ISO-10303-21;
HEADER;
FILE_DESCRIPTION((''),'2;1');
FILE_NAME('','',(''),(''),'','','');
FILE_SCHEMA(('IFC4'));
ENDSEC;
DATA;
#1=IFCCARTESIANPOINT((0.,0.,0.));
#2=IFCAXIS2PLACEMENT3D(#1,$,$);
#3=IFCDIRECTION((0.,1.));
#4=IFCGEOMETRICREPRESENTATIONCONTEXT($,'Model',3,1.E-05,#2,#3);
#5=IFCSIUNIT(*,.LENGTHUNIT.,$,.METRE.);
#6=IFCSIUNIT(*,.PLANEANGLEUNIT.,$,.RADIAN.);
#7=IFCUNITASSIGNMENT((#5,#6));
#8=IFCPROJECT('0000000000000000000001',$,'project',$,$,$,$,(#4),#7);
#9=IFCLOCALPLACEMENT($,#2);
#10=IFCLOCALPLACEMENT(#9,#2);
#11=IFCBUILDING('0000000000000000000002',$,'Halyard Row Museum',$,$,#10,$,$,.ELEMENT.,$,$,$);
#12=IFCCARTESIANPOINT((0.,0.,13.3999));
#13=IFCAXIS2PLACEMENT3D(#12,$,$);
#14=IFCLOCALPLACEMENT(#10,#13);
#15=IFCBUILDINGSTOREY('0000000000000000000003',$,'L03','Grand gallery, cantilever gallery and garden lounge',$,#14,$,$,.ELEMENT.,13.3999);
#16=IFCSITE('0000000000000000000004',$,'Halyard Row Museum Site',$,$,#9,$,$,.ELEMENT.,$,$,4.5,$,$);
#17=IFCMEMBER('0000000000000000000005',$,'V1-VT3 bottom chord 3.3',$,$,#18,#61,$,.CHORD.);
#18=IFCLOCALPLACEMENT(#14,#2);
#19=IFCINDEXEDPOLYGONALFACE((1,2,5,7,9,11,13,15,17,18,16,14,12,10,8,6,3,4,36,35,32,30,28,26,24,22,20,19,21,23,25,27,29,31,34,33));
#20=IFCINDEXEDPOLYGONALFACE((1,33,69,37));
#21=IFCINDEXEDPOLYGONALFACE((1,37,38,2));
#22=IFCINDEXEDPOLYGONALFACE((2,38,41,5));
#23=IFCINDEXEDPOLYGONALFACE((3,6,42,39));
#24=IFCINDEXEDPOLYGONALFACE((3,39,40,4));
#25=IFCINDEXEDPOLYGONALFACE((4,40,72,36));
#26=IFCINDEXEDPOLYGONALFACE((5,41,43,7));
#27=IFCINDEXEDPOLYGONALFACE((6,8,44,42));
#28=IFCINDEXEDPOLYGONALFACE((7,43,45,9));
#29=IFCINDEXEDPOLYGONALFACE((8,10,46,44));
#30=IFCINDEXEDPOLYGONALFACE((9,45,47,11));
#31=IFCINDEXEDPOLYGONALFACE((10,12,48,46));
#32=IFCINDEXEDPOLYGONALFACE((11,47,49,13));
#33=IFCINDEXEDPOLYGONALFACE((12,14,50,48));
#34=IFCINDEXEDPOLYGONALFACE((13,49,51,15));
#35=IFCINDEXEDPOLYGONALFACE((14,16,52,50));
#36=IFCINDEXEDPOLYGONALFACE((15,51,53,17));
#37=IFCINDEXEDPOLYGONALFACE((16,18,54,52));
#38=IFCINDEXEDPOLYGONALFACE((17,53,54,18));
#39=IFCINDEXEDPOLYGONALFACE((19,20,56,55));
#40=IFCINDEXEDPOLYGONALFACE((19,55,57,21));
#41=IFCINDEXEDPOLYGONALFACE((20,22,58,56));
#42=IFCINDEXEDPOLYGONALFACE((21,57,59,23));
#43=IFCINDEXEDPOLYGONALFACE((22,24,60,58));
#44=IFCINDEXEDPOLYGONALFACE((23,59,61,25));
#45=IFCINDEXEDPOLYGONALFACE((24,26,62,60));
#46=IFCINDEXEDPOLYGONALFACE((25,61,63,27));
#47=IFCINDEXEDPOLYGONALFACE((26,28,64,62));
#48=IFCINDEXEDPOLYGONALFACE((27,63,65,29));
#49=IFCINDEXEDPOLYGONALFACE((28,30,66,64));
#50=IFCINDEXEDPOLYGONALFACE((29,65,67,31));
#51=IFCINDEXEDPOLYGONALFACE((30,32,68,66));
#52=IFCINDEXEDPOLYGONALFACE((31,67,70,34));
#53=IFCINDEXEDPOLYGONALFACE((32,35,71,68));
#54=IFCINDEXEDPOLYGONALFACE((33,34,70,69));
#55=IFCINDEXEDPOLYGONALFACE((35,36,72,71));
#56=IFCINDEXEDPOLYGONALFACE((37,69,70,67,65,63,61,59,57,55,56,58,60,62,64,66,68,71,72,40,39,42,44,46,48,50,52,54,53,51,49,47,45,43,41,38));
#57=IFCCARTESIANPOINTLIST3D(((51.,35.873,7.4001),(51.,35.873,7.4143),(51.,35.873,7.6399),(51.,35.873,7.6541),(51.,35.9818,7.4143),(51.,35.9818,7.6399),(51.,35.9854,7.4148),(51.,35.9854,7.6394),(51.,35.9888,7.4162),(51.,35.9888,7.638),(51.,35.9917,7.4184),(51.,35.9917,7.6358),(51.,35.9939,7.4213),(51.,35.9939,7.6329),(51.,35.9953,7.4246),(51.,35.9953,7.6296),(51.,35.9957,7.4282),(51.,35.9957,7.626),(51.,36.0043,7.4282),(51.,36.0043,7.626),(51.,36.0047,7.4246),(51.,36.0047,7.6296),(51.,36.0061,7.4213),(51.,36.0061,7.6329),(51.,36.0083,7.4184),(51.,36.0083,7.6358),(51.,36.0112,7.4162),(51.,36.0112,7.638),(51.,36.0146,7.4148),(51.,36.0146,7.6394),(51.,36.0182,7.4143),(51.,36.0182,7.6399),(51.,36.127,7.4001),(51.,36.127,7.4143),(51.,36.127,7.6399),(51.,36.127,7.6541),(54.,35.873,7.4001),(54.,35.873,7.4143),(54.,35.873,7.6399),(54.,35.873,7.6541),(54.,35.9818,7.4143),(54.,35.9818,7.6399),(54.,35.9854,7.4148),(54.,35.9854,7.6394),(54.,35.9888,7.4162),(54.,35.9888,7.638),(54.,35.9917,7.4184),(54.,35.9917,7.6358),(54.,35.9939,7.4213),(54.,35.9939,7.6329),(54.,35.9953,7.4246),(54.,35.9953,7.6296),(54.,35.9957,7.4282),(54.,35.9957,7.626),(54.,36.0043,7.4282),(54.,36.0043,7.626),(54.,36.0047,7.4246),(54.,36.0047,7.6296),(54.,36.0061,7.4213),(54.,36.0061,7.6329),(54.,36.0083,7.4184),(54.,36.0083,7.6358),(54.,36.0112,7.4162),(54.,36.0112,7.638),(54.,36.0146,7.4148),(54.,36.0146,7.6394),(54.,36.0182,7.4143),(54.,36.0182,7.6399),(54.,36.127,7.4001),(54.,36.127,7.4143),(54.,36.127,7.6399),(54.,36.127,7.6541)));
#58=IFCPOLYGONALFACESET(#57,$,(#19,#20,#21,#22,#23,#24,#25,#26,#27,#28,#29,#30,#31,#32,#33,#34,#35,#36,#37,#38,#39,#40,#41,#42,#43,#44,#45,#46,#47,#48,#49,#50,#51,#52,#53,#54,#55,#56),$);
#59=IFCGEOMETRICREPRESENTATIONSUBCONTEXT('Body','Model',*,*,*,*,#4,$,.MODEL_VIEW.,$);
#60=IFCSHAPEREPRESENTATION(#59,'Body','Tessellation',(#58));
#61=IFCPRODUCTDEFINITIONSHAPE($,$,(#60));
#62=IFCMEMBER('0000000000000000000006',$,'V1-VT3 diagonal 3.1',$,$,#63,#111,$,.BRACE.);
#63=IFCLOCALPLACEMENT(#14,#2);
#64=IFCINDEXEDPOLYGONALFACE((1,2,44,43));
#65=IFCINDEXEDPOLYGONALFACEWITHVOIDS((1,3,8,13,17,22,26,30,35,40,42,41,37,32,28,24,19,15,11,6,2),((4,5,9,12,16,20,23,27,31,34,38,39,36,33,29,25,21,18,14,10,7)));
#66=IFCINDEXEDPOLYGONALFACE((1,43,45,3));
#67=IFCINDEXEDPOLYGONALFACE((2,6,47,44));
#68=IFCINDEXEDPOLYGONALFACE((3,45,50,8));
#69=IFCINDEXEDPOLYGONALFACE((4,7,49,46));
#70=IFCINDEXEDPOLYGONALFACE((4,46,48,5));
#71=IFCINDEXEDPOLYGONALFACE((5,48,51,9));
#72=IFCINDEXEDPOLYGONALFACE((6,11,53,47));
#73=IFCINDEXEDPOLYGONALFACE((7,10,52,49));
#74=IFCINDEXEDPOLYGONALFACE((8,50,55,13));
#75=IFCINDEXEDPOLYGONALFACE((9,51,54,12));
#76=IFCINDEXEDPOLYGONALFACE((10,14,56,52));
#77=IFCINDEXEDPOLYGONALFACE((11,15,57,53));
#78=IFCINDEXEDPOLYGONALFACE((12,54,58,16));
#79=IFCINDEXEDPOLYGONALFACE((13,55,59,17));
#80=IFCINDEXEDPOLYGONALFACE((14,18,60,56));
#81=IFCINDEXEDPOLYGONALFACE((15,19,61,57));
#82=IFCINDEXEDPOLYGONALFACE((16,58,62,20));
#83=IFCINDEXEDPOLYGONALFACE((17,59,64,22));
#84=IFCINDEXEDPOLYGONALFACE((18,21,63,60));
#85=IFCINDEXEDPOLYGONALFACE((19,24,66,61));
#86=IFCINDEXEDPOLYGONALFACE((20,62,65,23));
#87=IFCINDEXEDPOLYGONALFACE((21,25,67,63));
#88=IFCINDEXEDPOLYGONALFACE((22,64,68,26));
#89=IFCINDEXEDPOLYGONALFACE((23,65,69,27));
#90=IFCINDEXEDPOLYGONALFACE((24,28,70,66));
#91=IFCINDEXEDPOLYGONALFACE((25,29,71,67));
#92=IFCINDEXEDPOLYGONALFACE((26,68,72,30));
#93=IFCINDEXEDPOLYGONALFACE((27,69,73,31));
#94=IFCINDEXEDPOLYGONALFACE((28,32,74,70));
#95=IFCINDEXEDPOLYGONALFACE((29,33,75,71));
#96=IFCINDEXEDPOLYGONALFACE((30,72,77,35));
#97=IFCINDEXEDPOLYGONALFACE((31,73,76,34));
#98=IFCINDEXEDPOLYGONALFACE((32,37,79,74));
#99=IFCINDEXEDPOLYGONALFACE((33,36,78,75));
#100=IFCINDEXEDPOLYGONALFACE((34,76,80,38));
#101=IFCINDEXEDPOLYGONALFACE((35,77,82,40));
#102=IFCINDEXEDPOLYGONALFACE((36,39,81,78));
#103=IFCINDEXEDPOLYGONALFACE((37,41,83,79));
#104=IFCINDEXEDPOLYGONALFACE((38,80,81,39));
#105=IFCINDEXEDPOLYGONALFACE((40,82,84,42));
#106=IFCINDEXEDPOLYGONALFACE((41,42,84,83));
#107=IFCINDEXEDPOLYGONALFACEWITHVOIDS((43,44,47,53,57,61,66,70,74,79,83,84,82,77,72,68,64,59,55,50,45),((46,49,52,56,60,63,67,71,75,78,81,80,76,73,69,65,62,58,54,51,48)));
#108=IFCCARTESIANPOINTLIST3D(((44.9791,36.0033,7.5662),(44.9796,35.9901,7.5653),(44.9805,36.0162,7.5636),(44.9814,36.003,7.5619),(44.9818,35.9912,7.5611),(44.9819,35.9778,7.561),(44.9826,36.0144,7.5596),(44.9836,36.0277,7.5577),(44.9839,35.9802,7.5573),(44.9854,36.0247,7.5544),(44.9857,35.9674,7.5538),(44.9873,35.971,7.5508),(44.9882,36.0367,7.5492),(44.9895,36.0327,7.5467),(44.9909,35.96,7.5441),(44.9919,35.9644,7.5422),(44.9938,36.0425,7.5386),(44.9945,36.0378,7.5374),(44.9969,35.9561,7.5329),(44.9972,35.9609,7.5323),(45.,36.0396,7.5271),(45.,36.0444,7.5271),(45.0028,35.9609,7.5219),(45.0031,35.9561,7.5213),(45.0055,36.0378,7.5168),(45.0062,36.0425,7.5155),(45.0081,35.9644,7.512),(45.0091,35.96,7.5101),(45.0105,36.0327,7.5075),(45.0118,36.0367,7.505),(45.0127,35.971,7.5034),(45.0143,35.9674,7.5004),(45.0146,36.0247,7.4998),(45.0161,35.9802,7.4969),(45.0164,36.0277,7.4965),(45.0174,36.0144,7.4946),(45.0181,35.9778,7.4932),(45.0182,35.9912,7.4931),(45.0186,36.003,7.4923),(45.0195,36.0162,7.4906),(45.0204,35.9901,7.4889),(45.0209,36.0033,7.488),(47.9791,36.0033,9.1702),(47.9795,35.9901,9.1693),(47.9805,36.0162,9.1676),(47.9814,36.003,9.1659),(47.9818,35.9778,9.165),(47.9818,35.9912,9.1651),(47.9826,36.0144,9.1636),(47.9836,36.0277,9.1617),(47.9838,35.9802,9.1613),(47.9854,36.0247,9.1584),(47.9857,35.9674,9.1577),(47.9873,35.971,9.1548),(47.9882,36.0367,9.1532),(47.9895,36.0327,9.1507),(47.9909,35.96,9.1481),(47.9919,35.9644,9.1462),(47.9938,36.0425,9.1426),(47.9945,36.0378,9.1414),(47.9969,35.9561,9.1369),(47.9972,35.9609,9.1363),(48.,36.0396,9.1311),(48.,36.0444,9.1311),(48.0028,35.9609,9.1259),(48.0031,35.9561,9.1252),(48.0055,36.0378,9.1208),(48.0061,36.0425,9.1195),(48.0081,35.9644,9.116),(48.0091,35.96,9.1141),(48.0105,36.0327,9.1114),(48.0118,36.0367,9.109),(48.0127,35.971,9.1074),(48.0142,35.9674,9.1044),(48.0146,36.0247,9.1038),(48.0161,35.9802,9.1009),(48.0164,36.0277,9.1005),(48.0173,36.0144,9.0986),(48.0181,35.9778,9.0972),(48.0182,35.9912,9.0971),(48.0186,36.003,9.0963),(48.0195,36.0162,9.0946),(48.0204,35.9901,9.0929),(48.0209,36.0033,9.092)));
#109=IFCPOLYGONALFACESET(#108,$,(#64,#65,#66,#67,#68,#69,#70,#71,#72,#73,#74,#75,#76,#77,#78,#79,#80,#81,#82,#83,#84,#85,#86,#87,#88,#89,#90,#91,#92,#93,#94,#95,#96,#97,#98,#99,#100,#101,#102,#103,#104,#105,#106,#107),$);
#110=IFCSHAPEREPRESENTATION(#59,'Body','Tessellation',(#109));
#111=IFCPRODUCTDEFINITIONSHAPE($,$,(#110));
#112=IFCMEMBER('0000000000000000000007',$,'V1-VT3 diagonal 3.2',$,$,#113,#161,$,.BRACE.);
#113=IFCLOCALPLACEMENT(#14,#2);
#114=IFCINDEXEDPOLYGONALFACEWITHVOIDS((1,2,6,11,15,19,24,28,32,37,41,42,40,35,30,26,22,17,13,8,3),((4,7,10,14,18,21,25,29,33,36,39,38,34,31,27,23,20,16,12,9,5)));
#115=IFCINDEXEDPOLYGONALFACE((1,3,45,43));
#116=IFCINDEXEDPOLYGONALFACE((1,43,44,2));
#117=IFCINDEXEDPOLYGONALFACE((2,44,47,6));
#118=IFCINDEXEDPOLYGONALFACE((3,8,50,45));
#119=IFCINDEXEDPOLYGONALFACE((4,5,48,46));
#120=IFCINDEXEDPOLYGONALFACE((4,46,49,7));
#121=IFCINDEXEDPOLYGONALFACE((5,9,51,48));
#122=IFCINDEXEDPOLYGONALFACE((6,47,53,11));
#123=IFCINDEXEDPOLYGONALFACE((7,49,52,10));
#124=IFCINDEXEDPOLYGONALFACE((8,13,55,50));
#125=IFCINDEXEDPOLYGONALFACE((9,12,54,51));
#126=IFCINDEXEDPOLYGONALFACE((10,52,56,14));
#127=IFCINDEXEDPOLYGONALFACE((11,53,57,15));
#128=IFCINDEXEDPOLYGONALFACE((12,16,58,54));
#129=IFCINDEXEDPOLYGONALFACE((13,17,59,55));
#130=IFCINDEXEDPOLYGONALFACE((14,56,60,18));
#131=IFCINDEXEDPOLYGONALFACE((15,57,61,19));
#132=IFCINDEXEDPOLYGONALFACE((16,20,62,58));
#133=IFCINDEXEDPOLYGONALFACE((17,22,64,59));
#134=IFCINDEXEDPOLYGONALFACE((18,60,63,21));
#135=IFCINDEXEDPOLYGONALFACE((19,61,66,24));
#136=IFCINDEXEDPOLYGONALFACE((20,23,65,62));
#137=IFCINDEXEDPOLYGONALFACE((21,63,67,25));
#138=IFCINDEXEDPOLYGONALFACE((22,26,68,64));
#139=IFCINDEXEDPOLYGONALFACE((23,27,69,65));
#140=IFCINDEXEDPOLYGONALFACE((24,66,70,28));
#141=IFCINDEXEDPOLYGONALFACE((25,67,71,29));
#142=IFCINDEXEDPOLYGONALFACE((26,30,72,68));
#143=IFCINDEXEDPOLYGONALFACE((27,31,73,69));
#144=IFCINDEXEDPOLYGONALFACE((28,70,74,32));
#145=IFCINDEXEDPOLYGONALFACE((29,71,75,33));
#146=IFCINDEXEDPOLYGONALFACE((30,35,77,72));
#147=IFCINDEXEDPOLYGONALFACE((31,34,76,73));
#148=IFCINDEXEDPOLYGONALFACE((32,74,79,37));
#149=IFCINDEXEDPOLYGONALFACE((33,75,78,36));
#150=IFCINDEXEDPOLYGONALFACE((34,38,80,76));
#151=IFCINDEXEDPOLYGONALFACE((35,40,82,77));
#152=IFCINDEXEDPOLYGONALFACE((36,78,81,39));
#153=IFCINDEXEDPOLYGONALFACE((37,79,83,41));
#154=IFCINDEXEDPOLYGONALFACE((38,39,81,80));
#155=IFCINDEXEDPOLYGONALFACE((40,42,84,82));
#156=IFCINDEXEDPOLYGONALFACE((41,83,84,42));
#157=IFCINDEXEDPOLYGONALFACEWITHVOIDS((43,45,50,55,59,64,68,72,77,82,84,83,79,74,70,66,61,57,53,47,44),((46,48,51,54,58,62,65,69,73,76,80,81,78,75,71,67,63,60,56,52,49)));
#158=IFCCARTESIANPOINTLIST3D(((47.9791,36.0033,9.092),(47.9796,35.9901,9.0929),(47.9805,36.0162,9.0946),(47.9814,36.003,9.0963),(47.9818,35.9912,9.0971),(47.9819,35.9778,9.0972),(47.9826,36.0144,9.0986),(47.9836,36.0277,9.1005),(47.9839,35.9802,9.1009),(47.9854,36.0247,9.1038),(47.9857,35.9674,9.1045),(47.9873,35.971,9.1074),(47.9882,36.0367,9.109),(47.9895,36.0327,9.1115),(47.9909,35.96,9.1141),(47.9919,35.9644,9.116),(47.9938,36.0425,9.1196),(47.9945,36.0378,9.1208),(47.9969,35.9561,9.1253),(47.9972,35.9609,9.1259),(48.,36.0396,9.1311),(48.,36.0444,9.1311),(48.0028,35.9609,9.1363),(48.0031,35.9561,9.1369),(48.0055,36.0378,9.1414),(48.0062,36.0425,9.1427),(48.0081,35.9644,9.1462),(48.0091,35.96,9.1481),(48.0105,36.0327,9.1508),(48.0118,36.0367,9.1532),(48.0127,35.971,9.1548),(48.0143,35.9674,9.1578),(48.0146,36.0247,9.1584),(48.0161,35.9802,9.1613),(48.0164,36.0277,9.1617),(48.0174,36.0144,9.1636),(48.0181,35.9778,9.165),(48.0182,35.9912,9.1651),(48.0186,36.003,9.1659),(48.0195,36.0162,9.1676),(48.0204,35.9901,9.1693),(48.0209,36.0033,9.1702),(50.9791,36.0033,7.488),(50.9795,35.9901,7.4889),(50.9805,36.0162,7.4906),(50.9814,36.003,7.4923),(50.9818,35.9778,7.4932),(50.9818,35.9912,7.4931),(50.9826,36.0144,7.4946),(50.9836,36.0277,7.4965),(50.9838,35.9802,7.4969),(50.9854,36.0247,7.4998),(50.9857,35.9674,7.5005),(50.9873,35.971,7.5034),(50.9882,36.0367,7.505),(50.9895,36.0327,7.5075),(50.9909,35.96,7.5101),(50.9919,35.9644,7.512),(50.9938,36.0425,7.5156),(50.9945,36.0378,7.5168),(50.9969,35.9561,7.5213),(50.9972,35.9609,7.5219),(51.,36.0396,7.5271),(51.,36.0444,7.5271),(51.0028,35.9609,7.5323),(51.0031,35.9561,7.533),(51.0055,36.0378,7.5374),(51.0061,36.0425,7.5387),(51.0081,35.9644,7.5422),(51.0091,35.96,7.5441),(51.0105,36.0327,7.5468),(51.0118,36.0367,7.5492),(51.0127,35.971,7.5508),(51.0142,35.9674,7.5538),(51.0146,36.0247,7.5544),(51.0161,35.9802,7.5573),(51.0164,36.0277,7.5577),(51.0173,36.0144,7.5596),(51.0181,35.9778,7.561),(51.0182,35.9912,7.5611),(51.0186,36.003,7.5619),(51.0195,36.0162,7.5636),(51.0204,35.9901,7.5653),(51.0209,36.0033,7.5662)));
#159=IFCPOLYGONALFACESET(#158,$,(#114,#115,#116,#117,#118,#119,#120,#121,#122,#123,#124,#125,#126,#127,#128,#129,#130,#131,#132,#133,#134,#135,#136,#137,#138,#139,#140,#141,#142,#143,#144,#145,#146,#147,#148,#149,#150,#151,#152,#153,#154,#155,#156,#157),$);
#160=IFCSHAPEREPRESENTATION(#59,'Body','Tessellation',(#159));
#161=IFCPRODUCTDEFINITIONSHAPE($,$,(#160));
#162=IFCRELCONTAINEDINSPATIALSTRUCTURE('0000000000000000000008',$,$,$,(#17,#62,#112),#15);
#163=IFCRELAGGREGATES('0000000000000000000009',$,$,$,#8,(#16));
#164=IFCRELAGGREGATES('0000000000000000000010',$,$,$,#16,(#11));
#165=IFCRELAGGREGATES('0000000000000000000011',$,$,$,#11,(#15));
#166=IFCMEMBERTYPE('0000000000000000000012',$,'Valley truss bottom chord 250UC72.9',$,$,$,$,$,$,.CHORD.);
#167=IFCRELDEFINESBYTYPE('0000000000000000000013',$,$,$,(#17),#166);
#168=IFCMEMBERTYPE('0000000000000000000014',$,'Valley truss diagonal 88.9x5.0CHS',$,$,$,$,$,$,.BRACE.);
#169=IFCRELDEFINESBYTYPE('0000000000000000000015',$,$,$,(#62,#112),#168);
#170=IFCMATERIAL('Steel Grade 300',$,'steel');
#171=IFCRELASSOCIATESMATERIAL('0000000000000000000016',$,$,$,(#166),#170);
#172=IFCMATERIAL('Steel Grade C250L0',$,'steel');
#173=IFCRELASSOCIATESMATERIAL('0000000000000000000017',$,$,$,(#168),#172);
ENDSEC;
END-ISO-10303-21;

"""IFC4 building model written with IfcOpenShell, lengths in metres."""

from ifc_helpers import new_model, si_unit, direction, frame, origin, origin_2d, place, context, subcontext, project, spatial, hollow_circle, i_section, extrude, material, material_profile, profile_set, type_object, element, save


model = new_model("IFC4")

# Units and contexts
model_context = context("Model", 3, precision=1e-05, world=origin(), true_north=direction((0.0, 1.0)))
body_context = subcontext(model_context, "Body", "Model", "MODEL_VIEW")
ifc_project = project(units=[si_unit("LENGTHUNIT", "METRE"), si_unit("PLANEANGLEUNIT", "RADIAN")], contexts=[model_context])

# Site, building, storey
site_placement = place(None, origin())
site = spatial("IfcSite", under=ifc_project, at=site_placement, Name="Halyard Row Museum Site", CompositionType="ELEMENT", RefElevation=4.5)
building_placement = place(site_placement, origin())
building = spatial("IfcBuilding", under=site, at=building_placement, Name="Halyard Row Museum", CompositionType="ELEMENT")
storey_placement = place(building_placement, frame((0.0, 0.0, 13.3999)))
storey = spatial("IfcBuildingStorey", under=building, at=storey_placement, Name="L03", Description="Grand gallery, cantilever gallery and garden lounge", CompositionType="ELEMENT", Elevation=13.3999)

# Members
ifc_material_1 = material(Name="Steel Grade 300", Category="steel")
ifc_material_profile_1 = material_profile(ifc_material_1, i_section(OverallWidth=0.2539, OverallDepth=0.2539, WebThickness=0.0085, FlangeThickness=0.0142, FilletRadius=0.0139, at=origin_2d()), Name="250UC72.9")
ifc_profile_set_1 = profile_set([ifc_material_profile_1], Name="Steel Grade 300")
member_type_1 = type_object("IfcMemberType", Name="Valley truss bottom chord 250UC72.9", PredefinedType="CHORD", material=ifc_profile_set_1)
for number, where, z_axis, x_axis, name in (
    (1, (51.0, 36.0, 7.5271), (1.0, 0.0, 0.0), (0.0, 1.0, 0.0), "V1-VT3 bottom chord 3.3"),
):
    element("IfcMember", number, at=place(storey_placement, frame(where, z_axis=z_axis, x_axis=x_axis)), inside=storey, type_object=member_type_1, Name=name, PredefinedType="CHORD", context=body_context, shape_type="SweptSolid", body=[
        extrude(i_section(OverallWidth=0.2539, OverallDepth=0.2539, WebThickness=0.0085, FlangeThickness=0.0142, FilletRadius=0.0139, at=origin_2d()), origin(), (0.0, 0.0, 1.0), 3.0),
    ])
ifc_material_2 = material(Name="Steel Grade C250L0", Category="steel")
ifc_material_profile_2 = material_profile(ifc_material_2, hollow_circle(Radius=0.0444, WallThickness=0.0049, at=origin_2d()), Name="88.9x5.0CHS")
ifc_profile_set_2 = profile_set([ifc_material_profile_2], Name="Steel Grade C250L0")
member_type_2 = type_object("IfcMemberType", Name="Valley truss diagonal 88.9x5.0CHS", PredefinedType="BRACE", material=ifc_profile_set_2)
for number, where, z_axis, x_axis, name in (
    (2, (45.0, 36.0, 7.5271), (0.881864, 0.0, 0.471504), (0.0, 1.0, 0.0), "V1-VT3 diagonal 3.1"),
    (3, (48.0, 36.0, 9.1311), (0.881864, 0.0, -0.471504), (0.0, 1.0, 0.0), "V1-VT3 diagonal 3.2"),
):
    element("IfcMember", number, at=place(storey_placement, frame(where, z_axis=z_axis, x_axis=x_axis)), inside=storey, type_object=member_type_2, Name=name, PredefinedType="BRACE", context=body_context, shape_type="SweptSolid", body=[
        extrude(hollow_circle(Radius=0.0444, WallThickness=0.0049, at=origin_2d()), origin(), (0.0, 0.0, 1.0), 3.4019),
    ])

save(model, "model.ifc")
